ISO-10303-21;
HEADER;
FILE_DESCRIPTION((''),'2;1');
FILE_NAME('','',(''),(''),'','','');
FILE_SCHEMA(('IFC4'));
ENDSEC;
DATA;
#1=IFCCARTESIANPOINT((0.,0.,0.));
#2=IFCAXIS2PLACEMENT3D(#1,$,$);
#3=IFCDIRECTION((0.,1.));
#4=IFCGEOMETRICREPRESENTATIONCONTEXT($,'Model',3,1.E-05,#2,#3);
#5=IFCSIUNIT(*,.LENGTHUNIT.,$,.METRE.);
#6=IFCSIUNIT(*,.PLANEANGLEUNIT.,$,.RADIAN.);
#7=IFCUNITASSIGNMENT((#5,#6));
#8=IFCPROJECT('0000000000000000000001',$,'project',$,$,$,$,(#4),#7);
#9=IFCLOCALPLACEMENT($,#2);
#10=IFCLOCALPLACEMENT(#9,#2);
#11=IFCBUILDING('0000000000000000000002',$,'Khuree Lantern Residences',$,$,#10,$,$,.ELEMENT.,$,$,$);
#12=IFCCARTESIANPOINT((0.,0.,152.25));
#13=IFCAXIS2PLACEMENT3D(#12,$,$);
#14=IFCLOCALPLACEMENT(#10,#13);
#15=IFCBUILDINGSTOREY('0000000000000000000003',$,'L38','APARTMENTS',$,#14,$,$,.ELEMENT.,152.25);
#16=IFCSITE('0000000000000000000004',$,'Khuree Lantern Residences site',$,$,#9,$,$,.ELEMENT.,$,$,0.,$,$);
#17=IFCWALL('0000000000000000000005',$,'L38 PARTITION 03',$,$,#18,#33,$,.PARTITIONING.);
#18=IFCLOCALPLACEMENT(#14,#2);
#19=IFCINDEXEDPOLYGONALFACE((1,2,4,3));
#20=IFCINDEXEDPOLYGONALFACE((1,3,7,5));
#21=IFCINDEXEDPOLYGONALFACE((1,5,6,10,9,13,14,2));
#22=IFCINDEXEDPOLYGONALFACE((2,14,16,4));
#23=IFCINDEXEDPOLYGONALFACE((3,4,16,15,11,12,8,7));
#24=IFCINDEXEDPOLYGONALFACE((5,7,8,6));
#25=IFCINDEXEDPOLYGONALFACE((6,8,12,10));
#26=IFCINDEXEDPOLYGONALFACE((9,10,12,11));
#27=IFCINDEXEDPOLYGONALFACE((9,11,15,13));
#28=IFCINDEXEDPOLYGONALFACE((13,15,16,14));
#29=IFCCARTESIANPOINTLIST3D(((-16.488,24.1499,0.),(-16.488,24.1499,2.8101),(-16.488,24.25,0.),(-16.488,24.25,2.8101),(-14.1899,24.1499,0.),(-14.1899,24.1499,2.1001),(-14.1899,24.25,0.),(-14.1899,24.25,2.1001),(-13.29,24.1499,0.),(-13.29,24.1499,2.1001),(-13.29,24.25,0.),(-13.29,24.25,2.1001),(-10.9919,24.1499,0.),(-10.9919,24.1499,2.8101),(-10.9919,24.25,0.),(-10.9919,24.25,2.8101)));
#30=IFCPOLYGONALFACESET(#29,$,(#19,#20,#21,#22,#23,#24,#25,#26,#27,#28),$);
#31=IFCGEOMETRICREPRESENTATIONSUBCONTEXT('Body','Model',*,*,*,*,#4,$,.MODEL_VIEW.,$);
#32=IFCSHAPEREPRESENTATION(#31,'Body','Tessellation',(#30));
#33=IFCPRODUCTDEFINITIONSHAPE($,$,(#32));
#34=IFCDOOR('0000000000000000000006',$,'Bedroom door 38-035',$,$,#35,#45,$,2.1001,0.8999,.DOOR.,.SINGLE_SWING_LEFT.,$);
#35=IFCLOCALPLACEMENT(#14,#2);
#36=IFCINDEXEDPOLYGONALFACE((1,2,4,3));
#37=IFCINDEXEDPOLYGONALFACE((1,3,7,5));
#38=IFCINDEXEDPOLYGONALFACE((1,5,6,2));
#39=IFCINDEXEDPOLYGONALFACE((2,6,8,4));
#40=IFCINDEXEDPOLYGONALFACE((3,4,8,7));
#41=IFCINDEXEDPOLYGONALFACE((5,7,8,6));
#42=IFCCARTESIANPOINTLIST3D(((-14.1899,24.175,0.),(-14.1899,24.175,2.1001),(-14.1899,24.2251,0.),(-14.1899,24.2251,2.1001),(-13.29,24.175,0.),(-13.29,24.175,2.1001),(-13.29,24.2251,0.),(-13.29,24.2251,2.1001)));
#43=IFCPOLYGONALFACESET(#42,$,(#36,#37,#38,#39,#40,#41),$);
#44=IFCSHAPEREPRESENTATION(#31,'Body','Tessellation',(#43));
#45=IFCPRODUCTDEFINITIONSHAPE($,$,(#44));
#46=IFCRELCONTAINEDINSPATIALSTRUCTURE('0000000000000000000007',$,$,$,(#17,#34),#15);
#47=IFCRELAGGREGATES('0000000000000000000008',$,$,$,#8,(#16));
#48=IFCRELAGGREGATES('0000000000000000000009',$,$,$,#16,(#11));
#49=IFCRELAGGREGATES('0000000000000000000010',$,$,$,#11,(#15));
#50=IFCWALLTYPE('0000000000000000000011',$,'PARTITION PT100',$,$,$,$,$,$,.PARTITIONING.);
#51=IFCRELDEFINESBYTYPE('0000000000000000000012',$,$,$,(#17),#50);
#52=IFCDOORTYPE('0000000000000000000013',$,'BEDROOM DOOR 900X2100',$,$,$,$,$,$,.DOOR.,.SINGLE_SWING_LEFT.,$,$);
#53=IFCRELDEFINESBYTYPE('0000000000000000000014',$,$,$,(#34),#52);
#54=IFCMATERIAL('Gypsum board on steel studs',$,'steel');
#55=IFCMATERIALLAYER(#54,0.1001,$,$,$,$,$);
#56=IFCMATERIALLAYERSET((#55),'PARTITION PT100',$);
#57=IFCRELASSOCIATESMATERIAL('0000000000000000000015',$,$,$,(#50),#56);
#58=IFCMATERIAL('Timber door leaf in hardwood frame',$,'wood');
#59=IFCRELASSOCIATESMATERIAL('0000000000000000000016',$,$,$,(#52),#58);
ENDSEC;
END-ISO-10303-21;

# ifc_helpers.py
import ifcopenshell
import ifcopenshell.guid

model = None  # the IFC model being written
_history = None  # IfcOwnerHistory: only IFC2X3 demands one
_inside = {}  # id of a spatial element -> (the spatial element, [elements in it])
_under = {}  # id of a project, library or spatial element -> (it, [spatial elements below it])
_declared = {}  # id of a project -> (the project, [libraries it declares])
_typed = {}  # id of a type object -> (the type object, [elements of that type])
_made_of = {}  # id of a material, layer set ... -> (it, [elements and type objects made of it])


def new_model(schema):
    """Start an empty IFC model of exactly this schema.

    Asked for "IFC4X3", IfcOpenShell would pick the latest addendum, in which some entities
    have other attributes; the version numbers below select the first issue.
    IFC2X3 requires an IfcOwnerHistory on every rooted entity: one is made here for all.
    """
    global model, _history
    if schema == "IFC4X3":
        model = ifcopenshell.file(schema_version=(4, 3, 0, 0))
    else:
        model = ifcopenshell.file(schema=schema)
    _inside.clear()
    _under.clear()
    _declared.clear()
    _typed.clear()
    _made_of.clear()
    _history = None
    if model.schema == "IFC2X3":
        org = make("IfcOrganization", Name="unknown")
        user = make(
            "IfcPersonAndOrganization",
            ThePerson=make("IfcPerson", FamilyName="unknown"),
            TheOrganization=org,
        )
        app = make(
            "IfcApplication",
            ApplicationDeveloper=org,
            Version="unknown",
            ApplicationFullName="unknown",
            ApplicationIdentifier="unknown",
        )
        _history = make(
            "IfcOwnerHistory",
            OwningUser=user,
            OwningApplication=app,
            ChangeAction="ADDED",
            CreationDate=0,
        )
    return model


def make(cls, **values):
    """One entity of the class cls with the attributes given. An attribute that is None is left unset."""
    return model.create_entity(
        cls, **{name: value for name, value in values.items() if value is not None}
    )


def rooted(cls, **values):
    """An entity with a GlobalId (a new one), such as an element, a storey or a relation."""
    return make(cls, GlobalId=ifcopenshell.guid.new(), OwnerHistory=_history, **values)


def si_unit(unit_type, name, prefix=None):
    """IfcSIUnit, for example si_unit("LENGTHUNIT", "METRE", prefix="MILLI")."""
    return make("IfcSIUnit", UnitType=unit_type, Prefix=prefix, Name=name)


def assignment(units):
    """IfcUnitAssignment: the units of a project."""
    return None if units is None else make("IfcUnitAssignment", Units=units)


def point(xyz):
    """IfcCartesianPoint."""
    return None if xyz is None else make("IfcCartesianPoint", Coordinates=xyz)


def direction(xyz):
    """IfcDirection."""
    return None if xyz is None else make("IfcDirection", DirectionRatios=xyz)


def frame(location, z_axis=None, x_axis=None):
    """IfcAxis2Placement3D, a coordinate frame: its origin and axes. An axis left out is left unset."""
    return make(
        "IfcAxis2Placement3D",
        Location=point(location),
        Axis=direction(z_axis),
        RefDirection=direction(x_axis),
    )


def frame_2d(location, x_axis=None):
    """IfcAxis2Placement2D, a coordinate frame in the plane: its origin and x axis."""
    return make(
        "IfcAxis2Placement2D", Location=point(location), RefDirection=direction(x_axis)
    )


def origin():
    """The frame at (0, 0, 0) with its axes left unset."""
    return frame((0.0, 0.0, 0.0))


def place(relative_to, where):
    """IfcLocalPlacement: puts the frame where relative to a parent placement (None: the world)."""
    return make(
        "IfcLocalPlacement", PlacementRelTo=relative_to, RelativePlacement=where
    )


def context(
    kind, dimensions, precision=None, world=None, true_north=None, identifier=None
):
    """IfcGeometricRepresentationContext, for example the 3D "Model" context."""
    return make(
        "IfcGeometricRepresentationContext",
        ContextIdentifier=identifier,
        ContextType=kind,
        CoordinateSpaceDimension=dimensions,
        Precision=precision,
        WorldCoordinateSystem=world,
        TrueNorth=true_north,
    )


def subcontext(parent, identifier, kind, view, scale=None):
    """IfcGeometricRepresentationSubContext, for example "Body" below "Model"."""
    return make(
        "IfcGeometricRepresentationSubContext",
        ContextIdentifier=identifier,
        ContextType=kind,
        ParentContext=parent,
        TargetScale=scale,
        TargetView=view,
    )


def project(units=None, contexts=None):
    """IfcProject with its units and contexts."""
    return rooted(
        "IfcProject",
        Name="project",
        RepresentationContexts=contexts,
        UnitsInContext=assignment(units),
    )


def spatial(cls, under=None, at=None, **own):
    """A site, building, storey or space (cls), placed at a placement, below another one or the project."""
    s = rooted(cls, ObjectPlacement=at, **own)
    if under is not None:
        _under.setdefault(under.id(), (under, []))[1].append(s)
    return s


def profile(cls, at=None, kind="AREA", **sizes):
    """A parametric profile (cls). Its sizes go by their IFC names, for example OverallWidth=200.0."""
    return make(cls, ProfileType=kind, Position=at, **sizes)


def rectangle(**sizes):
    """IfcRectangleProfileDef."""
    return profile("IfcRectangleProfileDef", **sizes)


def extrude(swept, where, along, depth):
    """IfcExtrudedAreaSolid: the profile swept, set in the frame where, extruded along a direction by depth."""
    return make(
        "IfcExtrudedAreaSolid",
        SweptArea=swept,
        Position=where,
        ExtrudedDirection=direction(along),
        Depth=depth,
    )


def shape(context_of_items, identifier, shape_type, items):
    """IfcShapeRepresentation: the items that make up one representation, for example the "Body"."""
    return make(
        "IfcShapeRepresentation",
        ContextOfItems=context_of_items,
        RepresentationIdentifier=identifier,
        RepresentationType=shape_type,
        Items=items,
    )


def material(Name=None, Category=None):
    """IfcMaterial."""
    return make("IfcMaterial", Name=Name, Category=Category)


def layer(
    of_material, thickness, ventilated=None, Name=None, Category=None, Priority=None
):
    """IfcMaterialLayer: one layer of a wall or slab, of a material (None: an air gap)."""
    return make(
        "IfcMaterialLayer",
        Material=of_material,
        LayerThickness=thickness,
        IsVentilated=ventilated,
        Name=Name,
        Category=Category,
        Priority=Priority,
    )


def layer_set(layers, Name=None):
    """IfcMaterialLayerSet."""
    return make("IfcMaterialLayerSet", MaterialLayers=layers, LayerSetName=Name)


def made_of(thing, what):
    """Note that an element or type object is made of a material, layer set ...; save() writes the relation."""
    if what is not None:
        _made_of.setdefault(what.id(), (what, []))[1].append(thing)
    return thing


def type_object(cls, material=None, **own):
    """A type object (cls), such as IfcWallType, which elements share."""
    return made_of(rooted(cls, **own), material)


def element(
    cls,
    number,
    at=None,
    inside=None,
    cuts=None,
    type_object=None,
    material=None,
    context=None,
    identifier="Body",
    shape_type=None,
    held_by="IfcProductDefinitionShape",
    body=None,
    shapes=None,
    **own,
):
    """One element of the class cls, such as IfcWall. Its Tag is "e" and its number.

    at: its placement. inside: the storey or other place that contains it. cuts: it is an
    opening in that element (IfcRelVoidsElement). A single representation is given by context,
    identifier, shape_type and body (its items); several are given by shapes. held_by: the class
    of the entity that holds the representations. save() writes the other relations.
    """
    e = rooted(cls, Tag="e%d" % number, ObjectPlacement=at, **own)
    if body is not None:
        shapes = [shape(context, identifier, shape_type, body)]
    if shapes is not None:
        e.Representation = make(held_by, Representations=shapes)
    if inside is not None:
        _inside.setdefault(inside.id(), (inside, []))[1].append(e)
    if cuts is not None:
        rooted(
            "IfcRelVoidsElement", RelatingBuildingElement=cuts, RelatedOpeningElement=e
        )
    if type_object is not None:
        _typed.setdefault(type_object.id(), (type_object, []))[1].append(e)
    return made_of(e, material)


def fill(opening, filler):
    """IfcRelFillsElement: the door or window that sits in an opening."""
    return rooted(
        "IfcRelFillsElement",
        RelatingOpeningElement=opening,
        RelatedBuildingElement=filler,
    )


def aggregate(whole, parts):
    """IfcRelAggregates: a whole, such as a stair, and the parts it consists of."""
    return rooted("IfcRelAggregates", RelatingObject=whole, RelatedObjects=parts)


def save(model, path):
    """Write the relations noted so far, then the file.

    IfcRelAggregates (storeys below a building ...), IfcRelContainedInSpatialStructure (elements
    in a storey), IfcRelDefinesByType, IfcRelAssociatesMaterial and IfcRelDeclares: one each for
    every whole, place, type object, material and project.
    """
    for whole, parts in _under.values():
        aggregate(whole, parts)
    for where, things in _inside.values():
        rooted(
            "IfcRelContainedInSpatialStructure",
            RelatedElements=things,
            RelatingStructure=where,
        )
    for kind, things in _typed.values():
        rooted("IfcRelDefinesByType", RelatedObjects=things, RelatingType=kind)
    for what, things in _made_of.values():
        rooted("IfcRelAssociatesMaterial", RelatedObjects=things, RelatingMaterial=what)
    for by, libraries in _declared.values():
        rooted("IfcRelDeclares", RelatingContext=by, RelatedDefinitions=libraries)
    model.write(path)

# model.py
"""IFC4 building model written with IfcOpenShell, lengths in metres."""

from ifc_helpers import new_model, si_unit, direction, frame, frame_2d, origin, place, context, subcontext, project, spatial, rectangle, extrude, material, layer, layer_set, type_object, element, fill, save


model = new_model("IFC4")

# Units and contexts
model_context = context("Model", 3, precision=1e-05, world=origin(), true_north=direction((0.0, 1.0)))
body_context = subcontext(model_context, "Body", "Model", "MODEL_VIEW")
ifc_project = project(units=[si_unit("LENGTHUNIT", "METRE"), si_unit("PLANEANGLEUNIT", "RADIAN")], contexts=[model_context])

# Site, building, storey
site_placement = place(None, origin())
site = spatial("IfcSite", under=ifc_project, at=site_placement, Name="Khuree Lantern Residences site", CompositionType="ELEMENT", RefElevation=0.0)
building_placement = place(site_placement, origin())
building = spatial("IfcBuilding", under=site, at=building_placement, Name="Khuree Lantern Residences", CompositionType="ELEMENT")
storey_placement = place(building_placement, frame((0.0, 0.0, 152.25)))
storey = spatial("IfcBuildingStorey", under=building, at=storey_placement, Name="L38", Description="APARTMENTS", CompositionType="ELEMENT", Elevation=152.25)

# Shared definitions
ifc_material_1 = material(Name="Gypsum board on steel studs", Category="steel")
ifc_layer_1 = layer(ifc_material_1, 0.1001)
ifc_layer_set_1 = layer_set([ifc_layer_1], Name="PARTITION PT100")
wall_type = type_object("IfcWallType", Name="PARTITION PT100", PredefinedType="PARTITIONING", material=ifc_layer_set_1)

# Wall, opening, door
ifc_material_2 = material(Name="Timber door leaf in hardwood frame", Category="wood")
door_type = type_object("IfcDoorType", Name="BEDROOM DOOR 900X2100", OperationType="SINGLE_SWING_LEFT", PredefinedType="DOOR", material=ifc_material_2)
wall_1_placement = place(storey_placement, frame((-10.9919, 24.2, 0.0), z_axis=(0.0, 0.0, 1.0), x_axis=(-1.0, 0.0, 0.0)))
wall_1 = element("IfcWall", 1, at=wall_1_placement, inside=storey, type_object=wall_type, Name="L38 PARTITION 03", PredefinedType="PARTITIONING", context=body_context, shape_type="SweptSolid", body=[
    extrude(rectangle(XDim=5.4961, YDim=0.1001, at=frame_2d((2.748, 0.0))), origin(), (0.0, 0.0, 1.0), 2.8101),
])
opening_1_placement = place(wall_1_placement, frame((2.2981, 0.0, 0.0)))
opening_1 = element("IfcOpeningElement", 2, at=opening_1_placement, cuts=wall_1, PredefinedType="OPENING", context=body_context, shape_type="SweptSolid", body=[
    extrude(rectangle(XDim=0.8999, YDim=2.1001, at=frame_2d((0.45, 1.05))), frame((0.0, 0.0601, 0.0), z_axis=(0.0, -1.0, 0.0), x_axis=(1.0, 0.0, 0.0)), (0.0, 0.0, 1.0), 0.1201),
])
door_1_placement = place(opening_1_placement, origin())
door_1 = element("IfcDoor", 3, at=door_1_placement, inside=storey, type_object=door_type, Name="Bedroom door 38-035", OperationType="SINGLE_SWING_LEFT", OverallHeight=2.1001, OverallWidth=0.8999, PredefinedType="DOOR", context=body_context, shape_type="SweptSolid", body=[
    extrude(rectangle(XDim=0.8999, YDim=2.1001, at=frame_2d((0.45, 1.05))), frame((0.0, 0.0249, 0.0), z_axis=(0.0, -1.0, 0.0), x_axis=(1.0, 0.0, 0.0)), (0.0, 0.0, 1.0), 0.05),
])
fill(opening_1, door_1)

save(model, "model.ifc")
